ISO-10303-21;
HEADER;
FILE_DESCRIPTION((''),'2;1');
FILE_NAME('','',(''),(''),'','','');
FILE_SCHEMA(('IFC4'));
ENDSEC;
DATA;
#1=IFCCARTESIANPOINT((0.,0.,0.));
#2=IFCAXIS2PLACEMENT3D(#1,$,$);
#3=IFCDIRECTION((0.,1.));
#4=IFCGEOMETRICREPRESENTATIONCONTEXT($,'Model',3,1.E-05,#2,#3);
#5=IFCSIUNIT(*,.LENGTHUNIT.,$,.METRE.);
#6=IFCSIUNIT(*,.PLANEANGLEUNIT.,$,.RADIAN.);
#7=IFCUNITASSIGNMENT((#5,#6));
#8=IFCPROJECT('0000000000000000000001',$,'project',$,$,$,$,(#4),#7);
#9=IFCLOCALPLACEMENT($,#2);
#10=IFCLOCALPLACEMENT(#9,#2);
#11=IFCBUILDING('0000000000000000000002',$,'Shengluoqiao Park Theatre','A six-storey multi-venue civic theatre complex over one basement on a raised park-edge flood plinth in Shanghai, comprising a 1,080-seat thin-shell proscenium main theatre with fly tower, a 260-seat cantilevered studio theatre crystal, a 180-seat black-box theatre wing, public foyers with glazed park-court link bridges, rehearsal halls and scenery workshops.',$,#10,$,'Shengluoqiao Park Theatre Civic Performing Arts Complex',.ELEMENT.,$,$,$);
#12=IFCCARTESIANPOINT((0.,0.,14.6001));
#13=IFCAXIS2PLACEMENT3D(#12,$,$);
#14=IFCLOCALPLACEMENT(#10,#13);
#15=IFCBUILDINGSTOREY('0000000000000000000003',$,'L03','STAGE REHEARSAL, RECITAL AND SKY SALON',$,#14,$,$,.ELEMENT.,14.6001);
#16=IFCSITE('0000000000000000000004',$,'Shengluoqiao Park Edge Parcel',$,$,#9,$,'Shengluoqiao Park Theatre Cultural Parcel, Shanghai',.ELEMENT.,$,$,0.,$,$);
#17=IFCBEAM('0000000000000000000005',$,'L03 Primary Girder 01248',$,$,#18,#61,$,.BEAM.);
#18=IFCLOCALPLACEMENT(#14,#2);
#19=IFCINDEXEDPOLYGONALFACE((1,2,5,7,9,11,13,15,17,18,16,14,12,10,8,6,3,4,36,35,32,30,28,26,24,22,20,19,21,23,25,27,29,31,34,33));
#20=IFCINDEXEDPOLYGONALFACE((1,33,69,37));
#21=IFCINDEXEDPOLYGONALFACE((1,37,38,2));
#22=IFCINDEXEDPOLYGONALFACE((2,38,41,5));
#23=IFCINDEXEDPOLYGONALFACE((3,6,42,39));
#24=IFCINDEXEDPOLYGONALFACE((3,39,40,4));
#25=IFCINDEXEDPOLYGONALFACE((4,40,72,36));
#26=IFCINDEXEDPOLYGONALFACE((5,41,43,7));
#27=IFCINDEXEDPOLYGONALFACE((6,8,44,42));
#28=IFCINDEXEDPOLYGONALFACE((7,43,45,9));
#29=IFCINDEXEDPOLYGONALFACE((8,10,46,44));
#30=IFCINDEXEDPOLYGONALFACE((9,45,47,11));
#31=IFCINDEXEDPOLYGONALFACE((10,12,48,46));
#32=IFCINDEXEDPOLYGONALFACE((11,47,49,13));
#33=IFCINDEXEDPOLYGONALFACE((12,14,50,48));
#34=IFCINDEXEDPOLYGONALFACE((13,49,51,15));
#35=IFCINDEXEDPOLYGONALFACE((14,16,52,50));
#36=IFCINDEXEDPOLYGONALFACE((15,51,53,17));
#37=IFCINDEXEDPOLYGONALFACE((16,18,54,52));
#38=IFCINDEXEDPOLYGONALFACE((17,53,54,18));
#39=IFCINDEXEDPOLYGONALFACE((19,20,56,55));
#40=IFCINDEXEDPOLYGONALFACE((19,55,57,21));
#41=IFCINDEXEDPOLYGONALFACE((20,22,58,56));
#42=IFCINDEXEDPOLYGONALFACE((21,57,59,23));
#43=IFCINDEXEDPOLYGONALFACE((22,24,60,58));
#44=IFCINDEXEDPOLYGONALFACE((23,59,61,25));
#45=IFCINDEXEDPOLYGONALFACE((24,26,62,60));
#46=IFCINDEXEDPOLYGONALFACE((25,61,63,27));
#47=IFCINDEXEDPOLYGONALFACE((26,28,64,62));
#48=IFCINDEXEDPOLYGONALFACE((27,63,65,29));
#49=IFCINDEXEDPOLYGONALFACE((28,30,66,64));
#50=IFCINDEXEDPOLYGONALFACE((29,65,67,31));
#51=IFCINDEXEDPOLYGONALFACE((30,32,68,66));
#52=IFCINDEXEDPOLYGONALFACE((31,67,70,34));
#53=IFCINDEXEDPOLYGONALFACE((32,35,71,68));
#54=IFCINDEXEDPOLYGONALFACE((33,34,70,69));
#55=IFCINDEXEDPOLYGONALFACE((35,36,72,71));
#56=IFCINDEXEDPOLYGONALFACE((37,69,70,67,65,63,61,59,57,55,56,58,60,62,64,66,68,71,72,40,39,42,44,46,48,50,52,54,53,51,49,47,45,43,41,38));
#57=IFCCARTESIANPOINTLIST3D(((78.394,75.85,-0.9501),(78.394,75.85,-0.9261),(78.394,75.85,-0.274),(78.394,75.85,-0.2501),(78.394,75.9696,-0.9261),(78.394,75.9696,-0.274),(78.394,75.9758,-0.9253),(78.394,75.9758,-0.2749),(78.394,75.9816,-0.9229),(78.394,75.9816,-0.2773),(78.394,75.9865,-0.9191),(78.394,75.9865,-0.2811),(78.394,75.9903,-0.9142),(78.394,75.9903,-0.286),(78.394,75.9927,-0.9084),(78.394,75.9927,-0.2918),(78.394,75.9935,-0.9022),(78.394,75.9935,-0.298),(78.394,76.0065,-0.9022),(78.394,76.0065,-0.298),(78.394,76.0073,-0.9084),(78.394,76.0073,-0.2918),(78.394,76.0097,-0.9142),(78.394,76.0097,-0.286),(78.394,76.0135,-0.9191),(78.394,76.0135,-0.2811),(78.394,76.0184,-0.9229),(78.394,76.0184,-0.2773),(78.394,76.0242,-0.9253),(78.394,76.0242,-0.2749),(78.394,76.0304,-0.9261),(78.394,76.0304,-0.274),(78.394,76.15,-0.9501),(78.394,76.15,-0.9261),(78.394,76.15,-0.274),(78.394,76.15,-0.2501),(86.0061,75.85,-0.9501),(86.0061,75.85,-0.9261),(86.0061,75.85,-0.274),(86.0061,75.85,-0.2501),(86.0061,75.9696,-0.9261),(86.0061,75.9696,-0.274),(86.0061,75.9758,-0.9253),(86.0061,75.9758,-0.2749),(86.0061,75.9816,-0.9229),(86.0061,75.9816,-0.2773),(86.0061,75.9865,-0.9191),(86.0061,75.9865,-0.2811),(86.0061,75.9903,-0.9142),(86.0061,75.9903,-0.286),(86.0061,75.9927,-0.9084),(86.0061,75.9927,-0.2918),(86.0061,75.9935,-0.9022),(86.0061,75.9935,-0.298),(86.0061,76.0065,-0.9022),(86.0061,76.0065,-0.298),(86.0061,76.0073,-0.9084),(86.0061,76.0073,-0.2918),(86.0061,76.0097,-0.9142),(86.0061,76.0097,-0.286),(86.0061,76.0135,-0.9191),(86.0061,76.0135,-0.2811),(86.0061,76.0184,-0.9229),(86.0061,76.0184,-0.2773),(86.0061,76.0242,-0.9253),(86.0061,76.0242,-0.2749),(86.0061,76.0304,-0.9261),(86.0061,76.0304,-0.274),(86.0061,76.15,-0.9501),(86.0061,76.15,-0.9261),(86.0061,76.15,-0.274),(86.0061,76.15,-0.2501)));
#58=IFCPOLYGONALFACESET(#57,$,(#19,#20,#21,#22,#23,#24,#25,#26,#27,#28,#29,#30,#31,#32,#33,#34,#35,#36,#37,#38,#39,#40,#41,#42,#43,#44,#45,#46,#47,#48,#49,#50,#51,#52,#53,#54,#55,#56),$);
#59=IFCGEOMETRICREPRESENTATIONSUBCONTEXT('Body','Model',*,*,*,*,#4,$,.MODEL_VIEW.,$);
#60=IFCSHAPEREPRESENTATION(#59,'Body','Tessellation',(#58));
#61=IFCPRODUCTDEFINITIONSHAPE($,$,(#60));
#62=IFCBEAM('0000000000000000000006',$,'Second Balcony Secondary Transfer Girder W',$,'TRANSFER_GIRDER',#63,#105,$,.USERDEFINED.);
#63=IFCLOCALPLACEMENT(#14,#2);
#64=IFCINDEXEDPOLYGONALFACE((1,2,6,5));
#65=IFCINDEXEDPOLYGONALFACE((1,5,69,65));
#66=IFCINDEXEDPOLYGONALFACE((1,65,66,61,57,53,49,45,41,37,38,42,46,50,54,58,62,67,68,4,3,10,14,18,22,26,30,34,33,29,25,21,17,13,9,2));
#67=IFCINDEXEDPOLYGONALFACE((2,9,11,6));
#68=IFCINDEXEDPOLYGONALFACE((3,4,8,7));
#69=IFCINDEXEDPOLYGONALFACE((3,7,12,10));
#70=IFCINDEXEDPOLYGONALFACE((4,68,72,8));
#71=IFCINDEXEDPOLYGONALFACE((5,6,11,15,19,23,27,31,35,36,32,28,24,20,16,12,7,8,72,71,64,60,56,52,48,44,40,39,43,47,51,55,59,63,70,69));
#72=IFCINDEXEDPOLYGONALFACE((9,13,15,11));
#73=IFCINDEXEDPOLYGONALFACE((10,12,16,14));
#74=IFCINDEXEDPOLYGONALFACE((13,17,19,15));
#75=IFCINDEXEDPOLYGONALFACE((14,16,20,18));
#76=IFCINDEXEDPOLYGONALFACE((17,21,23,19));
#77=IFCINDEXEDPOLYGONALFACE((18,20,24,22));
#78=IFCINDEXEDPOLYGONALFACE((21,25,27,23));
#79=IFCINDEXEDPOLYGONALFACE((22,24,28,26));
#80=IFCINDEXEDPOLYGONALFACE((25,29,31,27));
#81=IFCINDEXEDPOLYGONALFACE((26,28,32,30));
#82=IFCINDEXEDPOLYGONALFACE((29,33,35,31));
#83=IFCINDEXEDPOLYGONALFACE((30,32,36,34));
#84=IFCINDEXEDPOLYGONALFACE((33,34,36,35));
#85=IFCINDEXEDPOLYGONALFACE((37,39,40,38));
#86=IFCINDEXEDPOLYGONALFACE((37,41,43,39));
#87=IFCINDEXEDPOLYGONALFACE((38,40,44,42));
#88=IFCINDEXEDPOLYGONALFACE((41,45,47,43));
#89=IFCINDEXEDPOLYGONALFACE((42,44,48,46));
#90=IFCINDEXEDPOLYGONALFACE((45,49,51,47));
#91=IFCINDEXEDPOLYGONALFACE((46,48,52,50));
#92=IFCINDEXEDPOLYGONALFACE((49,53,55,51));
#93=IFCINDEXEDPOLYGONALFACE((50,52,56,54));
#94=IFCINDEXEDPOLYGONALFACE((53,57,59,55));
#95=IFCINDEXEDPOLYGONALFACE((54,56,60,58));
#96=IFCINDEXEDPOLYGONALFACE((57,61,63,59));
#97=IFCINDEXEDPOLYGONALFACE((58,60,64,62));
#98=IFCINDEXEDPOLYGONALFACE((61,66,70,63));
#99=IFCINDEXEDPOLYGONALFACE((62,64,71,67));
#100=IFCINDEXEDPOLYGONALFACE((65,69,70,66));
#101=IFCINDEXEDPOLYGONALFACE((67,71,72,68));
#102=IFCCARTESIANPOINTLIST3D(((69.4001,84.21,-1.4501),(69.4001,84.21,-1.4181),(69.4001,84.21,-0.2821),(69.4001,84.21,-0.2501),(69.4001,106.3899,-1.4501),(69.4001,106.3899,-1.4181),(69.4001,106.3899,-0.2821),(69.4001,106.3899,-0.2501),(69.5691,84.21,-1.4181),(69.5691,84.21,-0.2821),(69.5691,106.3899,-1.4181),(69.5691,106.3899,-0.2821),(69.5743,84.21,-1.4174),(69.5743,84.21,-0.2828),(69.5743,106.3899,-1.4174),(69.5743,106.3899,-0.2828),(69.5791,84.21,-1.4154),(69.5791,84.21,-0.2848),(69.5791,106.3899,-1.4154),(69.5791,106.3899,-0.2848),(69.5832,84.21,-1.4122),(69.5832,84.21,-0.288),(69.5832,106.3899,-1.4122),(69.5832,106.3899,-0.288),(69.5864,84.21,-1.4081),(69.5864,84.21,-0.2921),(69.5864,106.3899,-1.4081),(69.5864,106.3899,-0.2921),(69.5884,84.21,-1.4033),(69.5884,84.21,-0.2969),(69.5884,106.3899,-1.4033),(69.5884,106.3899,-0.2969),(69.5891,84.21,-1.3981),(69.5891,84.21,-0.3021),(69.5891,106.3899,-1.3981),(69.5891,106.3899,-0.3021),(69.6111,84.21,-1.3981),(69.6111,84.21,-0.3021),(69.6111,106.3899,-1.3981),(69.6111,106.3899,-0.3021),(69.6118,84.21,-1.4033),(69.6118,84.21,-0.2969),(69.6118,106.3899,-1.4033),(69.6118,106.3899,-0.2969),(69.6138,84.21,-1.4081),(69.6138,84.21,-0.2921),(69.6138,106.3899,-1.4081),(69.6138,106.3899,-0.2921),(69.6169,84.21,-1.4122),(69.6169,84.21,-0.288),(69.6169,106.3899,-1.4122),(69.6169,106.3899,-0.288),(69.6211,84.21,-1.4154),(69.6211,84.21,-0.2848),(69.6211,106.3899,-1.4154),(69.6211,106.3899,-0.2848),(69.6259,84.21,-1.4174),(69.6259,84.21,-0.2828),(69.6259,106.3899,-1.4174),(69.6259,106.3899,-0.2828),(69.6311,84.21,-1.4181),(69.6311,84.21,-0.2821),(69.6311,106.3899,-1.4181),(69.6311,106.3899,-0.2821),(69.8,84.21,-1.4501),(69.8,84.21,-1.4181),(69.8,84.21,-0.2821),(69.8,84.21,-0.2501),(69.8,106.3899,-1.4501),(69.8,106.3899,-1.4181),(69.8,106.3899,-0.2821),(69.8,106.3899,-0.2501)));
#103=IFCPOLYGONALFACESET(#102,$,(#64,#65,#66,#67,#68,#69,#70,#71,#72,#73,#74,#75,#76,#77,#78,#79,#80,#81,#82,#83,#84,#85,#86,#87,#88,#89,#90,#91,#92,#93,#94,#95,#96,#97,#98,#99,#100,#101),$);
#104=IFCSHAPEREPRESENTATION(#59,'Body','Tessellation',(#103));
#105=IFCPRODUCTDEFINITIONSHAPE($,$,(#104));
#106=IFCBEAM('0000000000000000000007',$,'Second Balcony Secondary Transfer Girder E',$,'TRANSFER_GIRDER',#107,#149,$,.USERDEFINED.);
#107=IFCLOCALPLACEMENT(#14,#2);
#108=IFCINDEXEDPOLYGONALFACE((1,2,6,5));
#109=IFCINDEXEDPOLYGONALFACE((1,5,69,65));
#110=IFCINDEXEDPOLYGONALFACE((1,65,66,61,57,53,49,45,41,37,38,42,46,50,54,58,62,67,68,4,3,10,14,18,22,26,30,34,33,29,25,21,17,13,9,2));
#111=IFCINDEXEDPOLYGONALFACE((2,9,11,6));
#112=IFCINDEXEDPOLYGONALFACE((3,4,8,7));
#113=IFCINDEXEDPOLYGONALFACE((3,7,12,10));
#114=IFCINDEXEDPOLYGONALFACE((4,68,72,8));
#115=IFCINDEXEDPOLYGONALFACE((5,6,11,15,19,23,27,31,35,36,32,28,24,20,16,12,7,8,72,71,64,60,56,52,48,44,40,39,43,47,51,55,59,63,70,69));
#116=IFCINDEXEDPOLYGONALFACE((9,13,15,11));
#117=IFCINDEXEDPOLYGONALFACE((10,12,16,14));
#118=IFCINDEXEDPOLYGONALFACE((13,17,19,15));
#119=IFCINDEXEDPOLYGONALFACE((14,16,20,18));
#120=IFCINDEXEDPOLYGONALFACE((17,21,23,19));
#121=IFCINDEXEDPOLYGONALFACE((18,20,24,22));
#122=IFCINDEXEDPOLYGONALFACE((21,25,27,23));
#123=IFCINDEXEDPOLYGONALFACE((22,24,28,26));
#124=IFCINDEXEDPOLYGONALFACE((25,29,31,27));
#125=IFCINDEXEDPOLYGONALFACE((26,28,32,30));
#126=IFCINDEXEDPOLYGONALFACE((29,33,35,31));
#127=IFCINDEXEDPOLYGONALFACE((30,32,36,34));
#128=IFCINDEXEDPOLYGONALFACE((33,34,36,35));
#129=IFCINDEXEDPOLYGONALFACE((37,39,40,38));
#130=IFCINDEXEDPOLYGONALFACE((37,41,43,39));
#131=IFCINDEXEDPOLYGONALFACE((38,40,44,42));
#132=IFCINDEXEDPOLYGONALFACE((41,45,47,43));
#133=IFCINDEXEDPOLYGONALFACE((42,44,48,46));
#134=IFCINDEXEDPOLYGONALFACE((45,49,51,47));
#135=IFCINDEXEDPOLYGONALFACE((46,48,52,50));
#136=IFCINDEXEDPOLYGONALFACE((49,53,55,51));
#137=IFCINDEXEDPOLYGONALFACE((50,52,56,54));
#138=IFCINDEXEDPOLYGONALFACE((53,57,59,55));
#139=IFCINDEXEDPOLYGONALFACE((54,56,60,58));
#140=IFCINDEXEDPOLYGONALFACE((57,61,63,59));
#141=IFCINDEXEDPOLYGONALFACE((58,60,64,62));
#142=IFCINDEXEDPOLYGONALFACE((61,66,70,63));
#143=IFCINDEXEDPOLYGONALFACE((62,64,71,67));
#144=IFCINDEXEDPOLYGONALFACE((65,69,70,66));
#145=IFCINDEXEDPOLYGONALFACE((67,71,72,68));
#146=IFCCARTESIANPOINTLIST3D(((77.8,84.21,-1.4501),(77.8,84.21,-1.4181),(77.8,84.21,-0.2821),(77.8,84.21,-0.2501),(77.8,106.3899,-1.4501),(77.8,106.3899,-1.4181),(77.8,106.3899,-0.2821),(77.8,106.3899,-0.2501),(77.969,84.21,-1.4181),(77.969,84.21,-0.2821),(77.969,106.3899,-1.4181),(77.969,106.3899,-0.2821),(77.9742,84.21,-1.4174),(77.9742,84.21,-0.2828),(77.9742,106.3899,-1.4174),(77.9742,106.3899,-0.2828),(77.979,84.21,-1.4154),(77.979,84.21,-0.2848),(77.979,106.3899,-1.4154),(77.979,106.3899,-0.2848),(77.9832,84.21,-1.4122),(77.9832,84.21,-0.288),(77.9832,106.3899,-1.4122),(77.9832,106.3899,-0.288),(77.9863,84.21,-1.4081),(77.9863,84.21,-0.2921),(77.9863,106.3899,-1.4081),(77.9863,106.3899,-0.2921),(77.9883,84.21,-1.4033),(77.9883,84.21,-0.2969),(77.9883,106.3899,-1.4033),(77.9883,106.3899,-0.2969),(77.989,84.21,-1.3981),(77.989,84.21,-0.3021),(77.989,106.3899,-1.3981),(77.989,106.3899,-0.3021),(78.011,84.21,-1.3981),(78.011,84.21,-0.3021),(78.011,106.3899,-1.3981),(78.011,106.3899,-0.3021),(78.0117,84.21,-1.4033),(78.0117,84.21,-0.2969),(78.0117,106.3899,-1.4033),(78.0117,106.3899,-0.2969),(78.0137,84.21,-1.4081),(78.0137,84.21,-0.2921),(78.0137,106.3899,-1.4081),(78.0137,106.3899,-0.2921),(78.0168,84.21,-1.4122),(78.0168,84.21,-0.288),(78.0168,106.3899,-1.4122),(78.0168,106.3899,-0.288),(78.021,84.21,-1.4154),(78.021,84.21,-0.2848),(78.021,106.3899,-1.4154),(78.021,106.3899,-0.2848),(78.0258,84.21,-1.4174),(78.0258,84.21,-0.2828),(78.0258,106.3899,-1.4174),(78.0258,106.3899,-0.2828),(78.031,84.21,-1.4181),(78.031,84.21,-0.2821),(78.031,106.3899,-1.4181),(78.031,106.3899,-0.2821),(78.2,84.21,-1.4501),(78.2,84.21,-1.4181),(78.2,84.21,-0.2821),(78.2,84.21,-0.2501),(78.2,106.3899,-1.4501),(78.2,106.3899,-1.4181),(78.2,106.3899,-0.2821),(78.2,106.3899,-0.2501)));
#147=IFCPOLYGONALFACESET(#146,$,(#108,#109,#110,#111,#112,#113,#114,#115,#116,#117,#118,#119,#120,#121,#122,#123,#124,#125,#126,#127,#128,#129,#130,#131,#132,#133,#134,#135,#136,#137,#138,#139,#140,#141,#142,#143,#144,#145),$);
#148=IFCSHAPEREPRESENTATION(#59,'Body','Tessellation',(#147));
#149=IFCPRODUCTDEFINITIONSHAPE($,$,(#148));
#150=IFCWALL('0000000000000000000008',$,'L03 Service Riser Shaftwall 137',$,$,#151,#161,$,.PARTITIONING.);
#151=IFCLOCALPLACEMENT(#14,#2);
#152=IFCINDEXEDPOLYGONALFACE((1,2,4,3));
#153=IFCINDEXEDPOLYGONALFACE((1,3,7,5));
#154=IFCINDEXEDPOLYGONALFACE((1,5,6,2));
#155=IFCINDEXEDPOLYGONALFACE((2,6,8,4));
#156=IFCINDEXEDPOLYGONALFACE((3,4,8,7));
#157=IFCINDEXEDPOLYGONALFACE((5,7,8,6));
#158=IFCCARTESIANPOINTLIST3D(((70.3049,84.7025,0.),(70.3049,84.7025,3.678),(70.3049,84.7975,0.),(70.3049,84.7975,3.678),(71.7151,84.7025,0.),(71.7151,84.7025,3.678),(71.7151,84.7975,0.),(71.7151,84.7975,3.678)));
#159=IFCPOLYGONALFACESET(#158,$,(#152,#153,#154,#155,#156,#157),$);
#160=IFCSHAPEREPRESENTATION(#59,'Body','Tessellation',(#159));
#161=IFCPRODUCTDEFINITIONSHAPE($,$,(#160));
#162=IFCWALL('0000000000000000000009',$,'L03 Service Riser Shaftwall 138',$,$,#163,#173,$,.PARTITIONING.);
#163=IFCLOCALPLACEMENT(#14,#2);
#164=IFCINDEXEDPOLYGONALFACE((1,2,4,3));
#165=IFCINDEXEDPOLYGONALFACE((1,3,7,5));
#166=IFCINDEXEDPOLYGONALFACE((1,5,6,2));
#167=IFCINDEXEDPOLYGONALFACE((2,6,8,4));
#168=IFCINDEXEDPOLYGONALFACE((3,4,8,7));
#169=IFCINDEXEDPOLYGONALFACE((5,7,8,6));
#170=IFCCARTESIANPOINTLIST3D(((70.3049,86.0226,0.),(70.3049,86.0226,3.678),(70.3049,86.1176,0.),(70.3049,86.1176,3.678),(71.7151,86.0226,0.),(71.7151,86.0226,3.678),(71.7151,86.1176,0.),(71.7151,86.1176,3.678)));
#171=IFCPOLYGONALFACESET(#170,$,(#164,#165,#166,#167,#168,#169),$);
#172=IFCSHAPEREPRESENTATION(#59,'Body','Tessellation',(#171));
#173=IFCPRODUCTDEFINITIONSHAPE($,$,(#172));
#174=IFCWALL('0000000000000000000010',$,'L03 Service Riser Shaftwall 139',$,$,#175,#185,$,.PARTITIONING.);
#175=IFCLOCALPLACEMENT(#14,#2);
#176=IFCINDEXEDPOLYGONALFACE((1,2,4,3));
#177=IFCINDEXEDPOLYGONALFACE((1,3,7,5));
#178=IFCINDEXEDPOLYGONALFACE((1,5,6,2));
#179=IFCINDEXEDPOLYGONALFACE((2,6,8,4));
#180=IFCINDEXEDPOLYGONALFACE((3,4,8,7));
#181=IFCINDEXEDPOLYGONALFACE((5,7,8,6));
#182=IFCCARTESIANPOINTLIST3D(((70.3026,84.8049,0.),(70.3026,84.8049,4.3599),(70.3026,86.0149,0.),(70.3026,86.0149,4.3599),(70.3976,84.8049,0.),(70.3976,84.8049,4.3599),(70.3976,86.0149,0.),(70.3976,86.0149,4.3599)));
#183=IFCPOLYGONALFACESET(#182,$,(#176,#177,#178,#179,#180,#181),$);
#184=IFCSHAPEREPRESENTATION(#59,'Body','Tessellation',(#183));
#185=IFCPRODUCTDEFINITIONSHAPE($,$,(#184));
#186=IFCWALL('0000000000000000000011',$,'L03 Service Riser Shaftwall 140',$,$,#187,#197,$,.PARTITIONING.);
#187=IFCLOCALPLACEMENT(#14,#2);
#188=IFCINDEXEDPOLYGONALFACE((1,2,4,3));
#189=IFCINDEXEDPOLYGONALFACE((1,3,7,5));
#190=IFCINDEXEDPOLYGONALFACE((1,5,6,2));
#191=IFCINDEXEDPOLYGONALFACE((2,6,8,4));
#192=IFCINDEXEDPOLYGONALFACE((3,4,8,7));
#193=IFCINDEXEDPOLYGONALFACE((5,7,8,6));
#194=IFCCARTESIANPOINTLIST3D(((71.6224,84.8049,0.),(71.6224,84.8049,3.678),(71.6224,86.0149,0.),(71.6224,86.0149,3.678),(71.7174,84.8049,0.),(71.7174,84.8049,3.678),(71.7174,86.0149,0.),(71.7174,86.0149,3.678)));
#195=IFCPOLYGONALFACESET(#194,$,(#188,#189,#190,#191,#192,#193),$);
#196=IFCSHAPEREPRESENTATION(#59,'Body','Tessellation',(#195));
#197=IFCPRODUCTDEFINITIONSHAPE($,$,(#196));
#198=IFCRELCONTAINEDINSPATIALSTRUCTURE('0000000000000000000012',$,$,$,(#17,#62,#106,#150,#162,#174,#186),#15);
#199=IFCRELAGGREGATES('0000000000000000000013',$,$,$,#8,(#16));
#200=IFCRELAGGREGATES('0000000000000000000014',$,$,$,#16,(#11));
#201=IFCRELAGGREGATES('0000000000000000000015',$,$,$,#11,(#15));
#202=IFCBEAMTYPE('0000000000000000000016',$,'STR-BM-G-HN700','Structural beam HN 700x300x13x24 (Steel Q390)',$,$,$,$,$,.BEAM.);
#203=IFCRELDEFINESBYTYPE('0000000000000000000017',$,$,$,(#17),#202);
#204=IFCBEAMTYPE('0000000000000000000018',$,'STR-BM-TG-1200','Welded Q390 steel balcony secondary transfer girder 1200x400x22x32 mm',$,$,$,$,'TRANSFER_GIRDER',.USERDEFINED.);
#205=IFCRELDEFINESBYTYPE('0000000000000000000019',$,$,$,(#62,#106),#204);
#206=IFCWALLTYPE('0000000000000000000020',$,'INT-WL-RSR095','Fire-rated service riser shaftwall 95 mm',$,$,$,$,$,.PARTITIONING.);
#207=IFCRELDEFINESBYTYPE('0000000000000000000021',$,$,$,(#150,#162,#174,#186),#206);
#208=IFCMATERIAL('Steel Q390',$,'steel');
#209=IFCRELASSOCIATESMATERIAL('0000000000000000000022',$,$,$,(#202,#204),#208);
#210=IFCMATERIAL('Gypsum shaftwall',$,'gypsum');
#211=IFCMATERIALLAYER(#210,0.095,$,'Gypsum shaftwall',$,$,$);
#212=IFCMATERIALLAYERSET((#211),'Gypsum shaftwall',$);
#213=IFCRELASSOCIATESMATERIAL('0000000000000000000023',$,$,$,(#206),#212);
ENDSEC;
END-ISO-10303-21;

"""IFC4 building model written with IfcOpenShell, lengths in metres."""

from ifc_helpers import new_model, si_unit, direction, frame, frame_2d, origin, origin_2d, place, context, subcontext, project, spatial, rectangle, i_section, extrude, material, layer, layer_set, material_profile, profile_set, type_object, element, save


model = new_model("IFC4")

# Units and contexts
model_context = context("Model", 3, precision=1e-05, world=origin(), true_north=direction((0.0, 1.0)))
body_context = subcontext(model_context, "Body", "Model", "MODEL_VIEW")
ifc_project = project(units=[si_unit("LENGTHUNIT", "METRE"), si_unit("PLANEANGLEUNIT", "RADIAN")], contexts=[model_context])

# Site, building, storey
site_placement = place(None, origin())
site = spatial("IfcSite", under=ifc_project, at=site_placement, Name="Shengluoqiao Park Edge Parcel", LongName="Shengluoqiao Park Theatre Cultural Parcel, Shanghai", CompositionType="ELEMENT", RefElevation=0.0)
building_placement = place(site_placement, origin())
building = spatial("IfcBuilding", under=site, at=building_placement, Name="Shengluoqiao Park Theatre", Description="A six-storey multi-venue civic theatre complex over one basement on a raised park-edge flood plinth in Shanghai, comprising a 1,080-seat thin-shell proscenium main theatre with fly tower, a 260-seat cantilevered studio theatre crystal, a 180-seat black-box theatre wing, public foyers with glazed park-court link bridges, rehearsal halls and scenery workshops.", LongName="Shengluoqiao Park Theatre Civic Performing Arts Complex", CompositionType="ELEMENT")
storey_placement = place(building_placement, frame((0.0, 0.0, 14.6001)))
storey = spatial("IfcBuildingStorey", under=building, at=storey_placement, Name="L03", Description="STAGE REHEARSAL, RECITAL AND SKY SALON", CompositionType="ELEMENT", Elevation=14.6001)

# Beams
ifc_material_1 = material(Name="Steel Q390", Category="steel")
ifc_material_profile_1 = material_profile(ifc_material_1, i_section(OverallWidth=0.3, OverallDepth=0.7, WebThickness=0.0129, FlangeThickness=0.0239, FilletRadius=0.0239, at=origin_2d()), Name="HN 700x300x13x24")
ifc_profile_set_1 = profile_set([ifc_material_profile_1], Name="Steel Q390")
beam_type_1 = type_object("IfcBeamType", Name="STR-BM-G-HN700", Description="Structural beam HN 700x300x13x24 (Steel Q390)", PredefinedType="BEAM", material=ifc_profile_set_1)
for number, where, z_axis, x_axis, name in (
    (1, (78.394, 76.0, -0.6001), (1.0, 0.0, 0.0), (0.0, 1.0, 0.0), "L03 Primary Girder 01248"),
):
    element("IfcBeam", number, at=place(storey_placement, frame(where, z_axis=z_axis, x_axis=x_axis)), inside=storey, type_object=beam_type_1, Name=name, PredefinedType="BEAM", context=body_context, shape_type="SweptSolid", body=[
        extrude(i_section(OverallWidth=0.3, OverallDepth=0.7, WebThickness=0.0129, FlangeThickness=0.0239, FilletRadius=0.0239, at=origin_2d()), origin(), (0.0, 0.0, 1.0), 7.6121),
    ])
ifc_material_profile_2 = material_profile(ifc_material_1, i_section(OverallWidth=0.3999, OverallDepth=1.2, WebThickness=0.022, FlangeThickness=0.032, FilletRadius=0.02, at=origin_2d()), Name="HN 1200x400x22x32")
ifc_profile_set_2 = profile_set([ifc_material_profile_2], Name="Steel Q390")
beam_type_2 = type_object("IfcBeamType", Name="STR-BM-TG-1200", Description="Welded Q390 steel balcony secondary transfer girder 1200x400x22x32 mm", ElementType="TRANSFER_GIRDER", PredefinedType="USERDEFINED", material=ifc_profile_set_2)
for number, where, z_axis, x_axis, name in (
    (2, (69.6001, 84.21, -0.8501), (0.0, 1.0, 0.0), (-1.0, 0.0, 0.0), "Second Balcony Secondary Transfer Girder W"),
    (3, (78.0, 84.21, -0.8501), (0.0, 1.0, 0.0), (-1.0, 0.0, 0.0), "Second Balcony Secondary Transfer Girder E"),
):
    element("IfcBeam", number, at=place(storey_placement, frame(where, z_axis=z_axis, x_axis=x_axis)), inside=storey, type_object=beam_type_2, Name=name, ObjectType="TRANSFER_GIRDER", PredefinedType="USERDEFINED", context=body_context, shape_type="SweptSolid", body=[
        extrude(i_section(OverallWidth=0.3999, OverallDepth=1.2, WebThickness=0.022, FlangeThickness=0.032, FilletRadius=0.02, at=origin_2d()), origin(), (0.0, 0.0, 1.0), 22.1799),
    ])

# Walls
ifc_material_2 = material(Name="Gypsum shaftwall", Category="gypsum")
ifc_layer_1 = layer(ifc_material_2, 0.095, Name="Gypsum shaftwall")
ifc_layer_set_1 = layer_set([ifc_layer_1], Name="Gypsum shaftwall")
wall_type_1 = type_object("IfcWallType", Name="INT-WL-RSR095", Description="Fire-rated service riser shaftwall 95 mm", PredefinedType="PARTITIONING", material=ifc_layer_set_1)
for number, where, z_axis, x_axis, name in (
    (4, (70.3049, 84.75, 0.0), (0.0, 0.0, 1.0), (1.0, 0.0, 0.0), "L03 Service Riser Shaftwall 137"),
    (5, (70.3049, 86.0701, 0.0), (0.0, 0.0, 1.0), (1.0, 0.0, 0.0), "L03 Service Riser Shaftwall 138"),
):
    element("IfcWall", number, at=place(storey_placement, frame(where, z_axis=z_axis, x_axis=x_axis)), inside=storey, type_object=wall_type_1, Name=name, PredefinedType="PARTITIONING", context=body_context, shape_type="SweptSolid", body=[
        extrude(rectangle(XDim=1.4102, YDim=0.095, at=frame_2d((0.7051, 0.0))), origin(), (0.0, 0.0, 1.0), 3.678),
    ])
wall_1_placement = place(storey_placement, frame((70.3501, 84.8049, 0.0), z_axis=(0.0, 0.0, 1.0), x_axis=(0.0, 1.0, 0.0)))
element("IfcWall", 6, at=wall_1_placement, inside=storey, type_object=wall_type_1, Name="L03 Service Riser Shaftwall 139", PredefinedType="PARTITIONING", context=body_context, shape_type="SweptSolid", body=[
    extrude(rectangle(XDim=1.21, YDim=0.095, at=frame_2d((0.605, 0.0))), origin(), (0.0, 0.0, 1.0), 4.3599),
])
wall_2_placement = place(storey_placement, frame((71.6699, 84.8049, 0.0), z_axis=(0.0, 0.0, 1.0), x_axis=(0.0, 1.0, 0.0)))
element("IfcWall", 7, at=wall_2_placement, inside=storey, type_object=wall_type_1, Name="L03 Service Riser Shaftwall 140", PredefinedType="PARTITIONING", context=body_context, shape_type="SweptSolid", body=[
    extrude(rectangle(XDim=1.21, YDim=0.095, at=frame_2d((0.605, 0.0))), origin(), (0.0, 0.0, 1.0), 3.678),
])

save(model, "model.ifc")
